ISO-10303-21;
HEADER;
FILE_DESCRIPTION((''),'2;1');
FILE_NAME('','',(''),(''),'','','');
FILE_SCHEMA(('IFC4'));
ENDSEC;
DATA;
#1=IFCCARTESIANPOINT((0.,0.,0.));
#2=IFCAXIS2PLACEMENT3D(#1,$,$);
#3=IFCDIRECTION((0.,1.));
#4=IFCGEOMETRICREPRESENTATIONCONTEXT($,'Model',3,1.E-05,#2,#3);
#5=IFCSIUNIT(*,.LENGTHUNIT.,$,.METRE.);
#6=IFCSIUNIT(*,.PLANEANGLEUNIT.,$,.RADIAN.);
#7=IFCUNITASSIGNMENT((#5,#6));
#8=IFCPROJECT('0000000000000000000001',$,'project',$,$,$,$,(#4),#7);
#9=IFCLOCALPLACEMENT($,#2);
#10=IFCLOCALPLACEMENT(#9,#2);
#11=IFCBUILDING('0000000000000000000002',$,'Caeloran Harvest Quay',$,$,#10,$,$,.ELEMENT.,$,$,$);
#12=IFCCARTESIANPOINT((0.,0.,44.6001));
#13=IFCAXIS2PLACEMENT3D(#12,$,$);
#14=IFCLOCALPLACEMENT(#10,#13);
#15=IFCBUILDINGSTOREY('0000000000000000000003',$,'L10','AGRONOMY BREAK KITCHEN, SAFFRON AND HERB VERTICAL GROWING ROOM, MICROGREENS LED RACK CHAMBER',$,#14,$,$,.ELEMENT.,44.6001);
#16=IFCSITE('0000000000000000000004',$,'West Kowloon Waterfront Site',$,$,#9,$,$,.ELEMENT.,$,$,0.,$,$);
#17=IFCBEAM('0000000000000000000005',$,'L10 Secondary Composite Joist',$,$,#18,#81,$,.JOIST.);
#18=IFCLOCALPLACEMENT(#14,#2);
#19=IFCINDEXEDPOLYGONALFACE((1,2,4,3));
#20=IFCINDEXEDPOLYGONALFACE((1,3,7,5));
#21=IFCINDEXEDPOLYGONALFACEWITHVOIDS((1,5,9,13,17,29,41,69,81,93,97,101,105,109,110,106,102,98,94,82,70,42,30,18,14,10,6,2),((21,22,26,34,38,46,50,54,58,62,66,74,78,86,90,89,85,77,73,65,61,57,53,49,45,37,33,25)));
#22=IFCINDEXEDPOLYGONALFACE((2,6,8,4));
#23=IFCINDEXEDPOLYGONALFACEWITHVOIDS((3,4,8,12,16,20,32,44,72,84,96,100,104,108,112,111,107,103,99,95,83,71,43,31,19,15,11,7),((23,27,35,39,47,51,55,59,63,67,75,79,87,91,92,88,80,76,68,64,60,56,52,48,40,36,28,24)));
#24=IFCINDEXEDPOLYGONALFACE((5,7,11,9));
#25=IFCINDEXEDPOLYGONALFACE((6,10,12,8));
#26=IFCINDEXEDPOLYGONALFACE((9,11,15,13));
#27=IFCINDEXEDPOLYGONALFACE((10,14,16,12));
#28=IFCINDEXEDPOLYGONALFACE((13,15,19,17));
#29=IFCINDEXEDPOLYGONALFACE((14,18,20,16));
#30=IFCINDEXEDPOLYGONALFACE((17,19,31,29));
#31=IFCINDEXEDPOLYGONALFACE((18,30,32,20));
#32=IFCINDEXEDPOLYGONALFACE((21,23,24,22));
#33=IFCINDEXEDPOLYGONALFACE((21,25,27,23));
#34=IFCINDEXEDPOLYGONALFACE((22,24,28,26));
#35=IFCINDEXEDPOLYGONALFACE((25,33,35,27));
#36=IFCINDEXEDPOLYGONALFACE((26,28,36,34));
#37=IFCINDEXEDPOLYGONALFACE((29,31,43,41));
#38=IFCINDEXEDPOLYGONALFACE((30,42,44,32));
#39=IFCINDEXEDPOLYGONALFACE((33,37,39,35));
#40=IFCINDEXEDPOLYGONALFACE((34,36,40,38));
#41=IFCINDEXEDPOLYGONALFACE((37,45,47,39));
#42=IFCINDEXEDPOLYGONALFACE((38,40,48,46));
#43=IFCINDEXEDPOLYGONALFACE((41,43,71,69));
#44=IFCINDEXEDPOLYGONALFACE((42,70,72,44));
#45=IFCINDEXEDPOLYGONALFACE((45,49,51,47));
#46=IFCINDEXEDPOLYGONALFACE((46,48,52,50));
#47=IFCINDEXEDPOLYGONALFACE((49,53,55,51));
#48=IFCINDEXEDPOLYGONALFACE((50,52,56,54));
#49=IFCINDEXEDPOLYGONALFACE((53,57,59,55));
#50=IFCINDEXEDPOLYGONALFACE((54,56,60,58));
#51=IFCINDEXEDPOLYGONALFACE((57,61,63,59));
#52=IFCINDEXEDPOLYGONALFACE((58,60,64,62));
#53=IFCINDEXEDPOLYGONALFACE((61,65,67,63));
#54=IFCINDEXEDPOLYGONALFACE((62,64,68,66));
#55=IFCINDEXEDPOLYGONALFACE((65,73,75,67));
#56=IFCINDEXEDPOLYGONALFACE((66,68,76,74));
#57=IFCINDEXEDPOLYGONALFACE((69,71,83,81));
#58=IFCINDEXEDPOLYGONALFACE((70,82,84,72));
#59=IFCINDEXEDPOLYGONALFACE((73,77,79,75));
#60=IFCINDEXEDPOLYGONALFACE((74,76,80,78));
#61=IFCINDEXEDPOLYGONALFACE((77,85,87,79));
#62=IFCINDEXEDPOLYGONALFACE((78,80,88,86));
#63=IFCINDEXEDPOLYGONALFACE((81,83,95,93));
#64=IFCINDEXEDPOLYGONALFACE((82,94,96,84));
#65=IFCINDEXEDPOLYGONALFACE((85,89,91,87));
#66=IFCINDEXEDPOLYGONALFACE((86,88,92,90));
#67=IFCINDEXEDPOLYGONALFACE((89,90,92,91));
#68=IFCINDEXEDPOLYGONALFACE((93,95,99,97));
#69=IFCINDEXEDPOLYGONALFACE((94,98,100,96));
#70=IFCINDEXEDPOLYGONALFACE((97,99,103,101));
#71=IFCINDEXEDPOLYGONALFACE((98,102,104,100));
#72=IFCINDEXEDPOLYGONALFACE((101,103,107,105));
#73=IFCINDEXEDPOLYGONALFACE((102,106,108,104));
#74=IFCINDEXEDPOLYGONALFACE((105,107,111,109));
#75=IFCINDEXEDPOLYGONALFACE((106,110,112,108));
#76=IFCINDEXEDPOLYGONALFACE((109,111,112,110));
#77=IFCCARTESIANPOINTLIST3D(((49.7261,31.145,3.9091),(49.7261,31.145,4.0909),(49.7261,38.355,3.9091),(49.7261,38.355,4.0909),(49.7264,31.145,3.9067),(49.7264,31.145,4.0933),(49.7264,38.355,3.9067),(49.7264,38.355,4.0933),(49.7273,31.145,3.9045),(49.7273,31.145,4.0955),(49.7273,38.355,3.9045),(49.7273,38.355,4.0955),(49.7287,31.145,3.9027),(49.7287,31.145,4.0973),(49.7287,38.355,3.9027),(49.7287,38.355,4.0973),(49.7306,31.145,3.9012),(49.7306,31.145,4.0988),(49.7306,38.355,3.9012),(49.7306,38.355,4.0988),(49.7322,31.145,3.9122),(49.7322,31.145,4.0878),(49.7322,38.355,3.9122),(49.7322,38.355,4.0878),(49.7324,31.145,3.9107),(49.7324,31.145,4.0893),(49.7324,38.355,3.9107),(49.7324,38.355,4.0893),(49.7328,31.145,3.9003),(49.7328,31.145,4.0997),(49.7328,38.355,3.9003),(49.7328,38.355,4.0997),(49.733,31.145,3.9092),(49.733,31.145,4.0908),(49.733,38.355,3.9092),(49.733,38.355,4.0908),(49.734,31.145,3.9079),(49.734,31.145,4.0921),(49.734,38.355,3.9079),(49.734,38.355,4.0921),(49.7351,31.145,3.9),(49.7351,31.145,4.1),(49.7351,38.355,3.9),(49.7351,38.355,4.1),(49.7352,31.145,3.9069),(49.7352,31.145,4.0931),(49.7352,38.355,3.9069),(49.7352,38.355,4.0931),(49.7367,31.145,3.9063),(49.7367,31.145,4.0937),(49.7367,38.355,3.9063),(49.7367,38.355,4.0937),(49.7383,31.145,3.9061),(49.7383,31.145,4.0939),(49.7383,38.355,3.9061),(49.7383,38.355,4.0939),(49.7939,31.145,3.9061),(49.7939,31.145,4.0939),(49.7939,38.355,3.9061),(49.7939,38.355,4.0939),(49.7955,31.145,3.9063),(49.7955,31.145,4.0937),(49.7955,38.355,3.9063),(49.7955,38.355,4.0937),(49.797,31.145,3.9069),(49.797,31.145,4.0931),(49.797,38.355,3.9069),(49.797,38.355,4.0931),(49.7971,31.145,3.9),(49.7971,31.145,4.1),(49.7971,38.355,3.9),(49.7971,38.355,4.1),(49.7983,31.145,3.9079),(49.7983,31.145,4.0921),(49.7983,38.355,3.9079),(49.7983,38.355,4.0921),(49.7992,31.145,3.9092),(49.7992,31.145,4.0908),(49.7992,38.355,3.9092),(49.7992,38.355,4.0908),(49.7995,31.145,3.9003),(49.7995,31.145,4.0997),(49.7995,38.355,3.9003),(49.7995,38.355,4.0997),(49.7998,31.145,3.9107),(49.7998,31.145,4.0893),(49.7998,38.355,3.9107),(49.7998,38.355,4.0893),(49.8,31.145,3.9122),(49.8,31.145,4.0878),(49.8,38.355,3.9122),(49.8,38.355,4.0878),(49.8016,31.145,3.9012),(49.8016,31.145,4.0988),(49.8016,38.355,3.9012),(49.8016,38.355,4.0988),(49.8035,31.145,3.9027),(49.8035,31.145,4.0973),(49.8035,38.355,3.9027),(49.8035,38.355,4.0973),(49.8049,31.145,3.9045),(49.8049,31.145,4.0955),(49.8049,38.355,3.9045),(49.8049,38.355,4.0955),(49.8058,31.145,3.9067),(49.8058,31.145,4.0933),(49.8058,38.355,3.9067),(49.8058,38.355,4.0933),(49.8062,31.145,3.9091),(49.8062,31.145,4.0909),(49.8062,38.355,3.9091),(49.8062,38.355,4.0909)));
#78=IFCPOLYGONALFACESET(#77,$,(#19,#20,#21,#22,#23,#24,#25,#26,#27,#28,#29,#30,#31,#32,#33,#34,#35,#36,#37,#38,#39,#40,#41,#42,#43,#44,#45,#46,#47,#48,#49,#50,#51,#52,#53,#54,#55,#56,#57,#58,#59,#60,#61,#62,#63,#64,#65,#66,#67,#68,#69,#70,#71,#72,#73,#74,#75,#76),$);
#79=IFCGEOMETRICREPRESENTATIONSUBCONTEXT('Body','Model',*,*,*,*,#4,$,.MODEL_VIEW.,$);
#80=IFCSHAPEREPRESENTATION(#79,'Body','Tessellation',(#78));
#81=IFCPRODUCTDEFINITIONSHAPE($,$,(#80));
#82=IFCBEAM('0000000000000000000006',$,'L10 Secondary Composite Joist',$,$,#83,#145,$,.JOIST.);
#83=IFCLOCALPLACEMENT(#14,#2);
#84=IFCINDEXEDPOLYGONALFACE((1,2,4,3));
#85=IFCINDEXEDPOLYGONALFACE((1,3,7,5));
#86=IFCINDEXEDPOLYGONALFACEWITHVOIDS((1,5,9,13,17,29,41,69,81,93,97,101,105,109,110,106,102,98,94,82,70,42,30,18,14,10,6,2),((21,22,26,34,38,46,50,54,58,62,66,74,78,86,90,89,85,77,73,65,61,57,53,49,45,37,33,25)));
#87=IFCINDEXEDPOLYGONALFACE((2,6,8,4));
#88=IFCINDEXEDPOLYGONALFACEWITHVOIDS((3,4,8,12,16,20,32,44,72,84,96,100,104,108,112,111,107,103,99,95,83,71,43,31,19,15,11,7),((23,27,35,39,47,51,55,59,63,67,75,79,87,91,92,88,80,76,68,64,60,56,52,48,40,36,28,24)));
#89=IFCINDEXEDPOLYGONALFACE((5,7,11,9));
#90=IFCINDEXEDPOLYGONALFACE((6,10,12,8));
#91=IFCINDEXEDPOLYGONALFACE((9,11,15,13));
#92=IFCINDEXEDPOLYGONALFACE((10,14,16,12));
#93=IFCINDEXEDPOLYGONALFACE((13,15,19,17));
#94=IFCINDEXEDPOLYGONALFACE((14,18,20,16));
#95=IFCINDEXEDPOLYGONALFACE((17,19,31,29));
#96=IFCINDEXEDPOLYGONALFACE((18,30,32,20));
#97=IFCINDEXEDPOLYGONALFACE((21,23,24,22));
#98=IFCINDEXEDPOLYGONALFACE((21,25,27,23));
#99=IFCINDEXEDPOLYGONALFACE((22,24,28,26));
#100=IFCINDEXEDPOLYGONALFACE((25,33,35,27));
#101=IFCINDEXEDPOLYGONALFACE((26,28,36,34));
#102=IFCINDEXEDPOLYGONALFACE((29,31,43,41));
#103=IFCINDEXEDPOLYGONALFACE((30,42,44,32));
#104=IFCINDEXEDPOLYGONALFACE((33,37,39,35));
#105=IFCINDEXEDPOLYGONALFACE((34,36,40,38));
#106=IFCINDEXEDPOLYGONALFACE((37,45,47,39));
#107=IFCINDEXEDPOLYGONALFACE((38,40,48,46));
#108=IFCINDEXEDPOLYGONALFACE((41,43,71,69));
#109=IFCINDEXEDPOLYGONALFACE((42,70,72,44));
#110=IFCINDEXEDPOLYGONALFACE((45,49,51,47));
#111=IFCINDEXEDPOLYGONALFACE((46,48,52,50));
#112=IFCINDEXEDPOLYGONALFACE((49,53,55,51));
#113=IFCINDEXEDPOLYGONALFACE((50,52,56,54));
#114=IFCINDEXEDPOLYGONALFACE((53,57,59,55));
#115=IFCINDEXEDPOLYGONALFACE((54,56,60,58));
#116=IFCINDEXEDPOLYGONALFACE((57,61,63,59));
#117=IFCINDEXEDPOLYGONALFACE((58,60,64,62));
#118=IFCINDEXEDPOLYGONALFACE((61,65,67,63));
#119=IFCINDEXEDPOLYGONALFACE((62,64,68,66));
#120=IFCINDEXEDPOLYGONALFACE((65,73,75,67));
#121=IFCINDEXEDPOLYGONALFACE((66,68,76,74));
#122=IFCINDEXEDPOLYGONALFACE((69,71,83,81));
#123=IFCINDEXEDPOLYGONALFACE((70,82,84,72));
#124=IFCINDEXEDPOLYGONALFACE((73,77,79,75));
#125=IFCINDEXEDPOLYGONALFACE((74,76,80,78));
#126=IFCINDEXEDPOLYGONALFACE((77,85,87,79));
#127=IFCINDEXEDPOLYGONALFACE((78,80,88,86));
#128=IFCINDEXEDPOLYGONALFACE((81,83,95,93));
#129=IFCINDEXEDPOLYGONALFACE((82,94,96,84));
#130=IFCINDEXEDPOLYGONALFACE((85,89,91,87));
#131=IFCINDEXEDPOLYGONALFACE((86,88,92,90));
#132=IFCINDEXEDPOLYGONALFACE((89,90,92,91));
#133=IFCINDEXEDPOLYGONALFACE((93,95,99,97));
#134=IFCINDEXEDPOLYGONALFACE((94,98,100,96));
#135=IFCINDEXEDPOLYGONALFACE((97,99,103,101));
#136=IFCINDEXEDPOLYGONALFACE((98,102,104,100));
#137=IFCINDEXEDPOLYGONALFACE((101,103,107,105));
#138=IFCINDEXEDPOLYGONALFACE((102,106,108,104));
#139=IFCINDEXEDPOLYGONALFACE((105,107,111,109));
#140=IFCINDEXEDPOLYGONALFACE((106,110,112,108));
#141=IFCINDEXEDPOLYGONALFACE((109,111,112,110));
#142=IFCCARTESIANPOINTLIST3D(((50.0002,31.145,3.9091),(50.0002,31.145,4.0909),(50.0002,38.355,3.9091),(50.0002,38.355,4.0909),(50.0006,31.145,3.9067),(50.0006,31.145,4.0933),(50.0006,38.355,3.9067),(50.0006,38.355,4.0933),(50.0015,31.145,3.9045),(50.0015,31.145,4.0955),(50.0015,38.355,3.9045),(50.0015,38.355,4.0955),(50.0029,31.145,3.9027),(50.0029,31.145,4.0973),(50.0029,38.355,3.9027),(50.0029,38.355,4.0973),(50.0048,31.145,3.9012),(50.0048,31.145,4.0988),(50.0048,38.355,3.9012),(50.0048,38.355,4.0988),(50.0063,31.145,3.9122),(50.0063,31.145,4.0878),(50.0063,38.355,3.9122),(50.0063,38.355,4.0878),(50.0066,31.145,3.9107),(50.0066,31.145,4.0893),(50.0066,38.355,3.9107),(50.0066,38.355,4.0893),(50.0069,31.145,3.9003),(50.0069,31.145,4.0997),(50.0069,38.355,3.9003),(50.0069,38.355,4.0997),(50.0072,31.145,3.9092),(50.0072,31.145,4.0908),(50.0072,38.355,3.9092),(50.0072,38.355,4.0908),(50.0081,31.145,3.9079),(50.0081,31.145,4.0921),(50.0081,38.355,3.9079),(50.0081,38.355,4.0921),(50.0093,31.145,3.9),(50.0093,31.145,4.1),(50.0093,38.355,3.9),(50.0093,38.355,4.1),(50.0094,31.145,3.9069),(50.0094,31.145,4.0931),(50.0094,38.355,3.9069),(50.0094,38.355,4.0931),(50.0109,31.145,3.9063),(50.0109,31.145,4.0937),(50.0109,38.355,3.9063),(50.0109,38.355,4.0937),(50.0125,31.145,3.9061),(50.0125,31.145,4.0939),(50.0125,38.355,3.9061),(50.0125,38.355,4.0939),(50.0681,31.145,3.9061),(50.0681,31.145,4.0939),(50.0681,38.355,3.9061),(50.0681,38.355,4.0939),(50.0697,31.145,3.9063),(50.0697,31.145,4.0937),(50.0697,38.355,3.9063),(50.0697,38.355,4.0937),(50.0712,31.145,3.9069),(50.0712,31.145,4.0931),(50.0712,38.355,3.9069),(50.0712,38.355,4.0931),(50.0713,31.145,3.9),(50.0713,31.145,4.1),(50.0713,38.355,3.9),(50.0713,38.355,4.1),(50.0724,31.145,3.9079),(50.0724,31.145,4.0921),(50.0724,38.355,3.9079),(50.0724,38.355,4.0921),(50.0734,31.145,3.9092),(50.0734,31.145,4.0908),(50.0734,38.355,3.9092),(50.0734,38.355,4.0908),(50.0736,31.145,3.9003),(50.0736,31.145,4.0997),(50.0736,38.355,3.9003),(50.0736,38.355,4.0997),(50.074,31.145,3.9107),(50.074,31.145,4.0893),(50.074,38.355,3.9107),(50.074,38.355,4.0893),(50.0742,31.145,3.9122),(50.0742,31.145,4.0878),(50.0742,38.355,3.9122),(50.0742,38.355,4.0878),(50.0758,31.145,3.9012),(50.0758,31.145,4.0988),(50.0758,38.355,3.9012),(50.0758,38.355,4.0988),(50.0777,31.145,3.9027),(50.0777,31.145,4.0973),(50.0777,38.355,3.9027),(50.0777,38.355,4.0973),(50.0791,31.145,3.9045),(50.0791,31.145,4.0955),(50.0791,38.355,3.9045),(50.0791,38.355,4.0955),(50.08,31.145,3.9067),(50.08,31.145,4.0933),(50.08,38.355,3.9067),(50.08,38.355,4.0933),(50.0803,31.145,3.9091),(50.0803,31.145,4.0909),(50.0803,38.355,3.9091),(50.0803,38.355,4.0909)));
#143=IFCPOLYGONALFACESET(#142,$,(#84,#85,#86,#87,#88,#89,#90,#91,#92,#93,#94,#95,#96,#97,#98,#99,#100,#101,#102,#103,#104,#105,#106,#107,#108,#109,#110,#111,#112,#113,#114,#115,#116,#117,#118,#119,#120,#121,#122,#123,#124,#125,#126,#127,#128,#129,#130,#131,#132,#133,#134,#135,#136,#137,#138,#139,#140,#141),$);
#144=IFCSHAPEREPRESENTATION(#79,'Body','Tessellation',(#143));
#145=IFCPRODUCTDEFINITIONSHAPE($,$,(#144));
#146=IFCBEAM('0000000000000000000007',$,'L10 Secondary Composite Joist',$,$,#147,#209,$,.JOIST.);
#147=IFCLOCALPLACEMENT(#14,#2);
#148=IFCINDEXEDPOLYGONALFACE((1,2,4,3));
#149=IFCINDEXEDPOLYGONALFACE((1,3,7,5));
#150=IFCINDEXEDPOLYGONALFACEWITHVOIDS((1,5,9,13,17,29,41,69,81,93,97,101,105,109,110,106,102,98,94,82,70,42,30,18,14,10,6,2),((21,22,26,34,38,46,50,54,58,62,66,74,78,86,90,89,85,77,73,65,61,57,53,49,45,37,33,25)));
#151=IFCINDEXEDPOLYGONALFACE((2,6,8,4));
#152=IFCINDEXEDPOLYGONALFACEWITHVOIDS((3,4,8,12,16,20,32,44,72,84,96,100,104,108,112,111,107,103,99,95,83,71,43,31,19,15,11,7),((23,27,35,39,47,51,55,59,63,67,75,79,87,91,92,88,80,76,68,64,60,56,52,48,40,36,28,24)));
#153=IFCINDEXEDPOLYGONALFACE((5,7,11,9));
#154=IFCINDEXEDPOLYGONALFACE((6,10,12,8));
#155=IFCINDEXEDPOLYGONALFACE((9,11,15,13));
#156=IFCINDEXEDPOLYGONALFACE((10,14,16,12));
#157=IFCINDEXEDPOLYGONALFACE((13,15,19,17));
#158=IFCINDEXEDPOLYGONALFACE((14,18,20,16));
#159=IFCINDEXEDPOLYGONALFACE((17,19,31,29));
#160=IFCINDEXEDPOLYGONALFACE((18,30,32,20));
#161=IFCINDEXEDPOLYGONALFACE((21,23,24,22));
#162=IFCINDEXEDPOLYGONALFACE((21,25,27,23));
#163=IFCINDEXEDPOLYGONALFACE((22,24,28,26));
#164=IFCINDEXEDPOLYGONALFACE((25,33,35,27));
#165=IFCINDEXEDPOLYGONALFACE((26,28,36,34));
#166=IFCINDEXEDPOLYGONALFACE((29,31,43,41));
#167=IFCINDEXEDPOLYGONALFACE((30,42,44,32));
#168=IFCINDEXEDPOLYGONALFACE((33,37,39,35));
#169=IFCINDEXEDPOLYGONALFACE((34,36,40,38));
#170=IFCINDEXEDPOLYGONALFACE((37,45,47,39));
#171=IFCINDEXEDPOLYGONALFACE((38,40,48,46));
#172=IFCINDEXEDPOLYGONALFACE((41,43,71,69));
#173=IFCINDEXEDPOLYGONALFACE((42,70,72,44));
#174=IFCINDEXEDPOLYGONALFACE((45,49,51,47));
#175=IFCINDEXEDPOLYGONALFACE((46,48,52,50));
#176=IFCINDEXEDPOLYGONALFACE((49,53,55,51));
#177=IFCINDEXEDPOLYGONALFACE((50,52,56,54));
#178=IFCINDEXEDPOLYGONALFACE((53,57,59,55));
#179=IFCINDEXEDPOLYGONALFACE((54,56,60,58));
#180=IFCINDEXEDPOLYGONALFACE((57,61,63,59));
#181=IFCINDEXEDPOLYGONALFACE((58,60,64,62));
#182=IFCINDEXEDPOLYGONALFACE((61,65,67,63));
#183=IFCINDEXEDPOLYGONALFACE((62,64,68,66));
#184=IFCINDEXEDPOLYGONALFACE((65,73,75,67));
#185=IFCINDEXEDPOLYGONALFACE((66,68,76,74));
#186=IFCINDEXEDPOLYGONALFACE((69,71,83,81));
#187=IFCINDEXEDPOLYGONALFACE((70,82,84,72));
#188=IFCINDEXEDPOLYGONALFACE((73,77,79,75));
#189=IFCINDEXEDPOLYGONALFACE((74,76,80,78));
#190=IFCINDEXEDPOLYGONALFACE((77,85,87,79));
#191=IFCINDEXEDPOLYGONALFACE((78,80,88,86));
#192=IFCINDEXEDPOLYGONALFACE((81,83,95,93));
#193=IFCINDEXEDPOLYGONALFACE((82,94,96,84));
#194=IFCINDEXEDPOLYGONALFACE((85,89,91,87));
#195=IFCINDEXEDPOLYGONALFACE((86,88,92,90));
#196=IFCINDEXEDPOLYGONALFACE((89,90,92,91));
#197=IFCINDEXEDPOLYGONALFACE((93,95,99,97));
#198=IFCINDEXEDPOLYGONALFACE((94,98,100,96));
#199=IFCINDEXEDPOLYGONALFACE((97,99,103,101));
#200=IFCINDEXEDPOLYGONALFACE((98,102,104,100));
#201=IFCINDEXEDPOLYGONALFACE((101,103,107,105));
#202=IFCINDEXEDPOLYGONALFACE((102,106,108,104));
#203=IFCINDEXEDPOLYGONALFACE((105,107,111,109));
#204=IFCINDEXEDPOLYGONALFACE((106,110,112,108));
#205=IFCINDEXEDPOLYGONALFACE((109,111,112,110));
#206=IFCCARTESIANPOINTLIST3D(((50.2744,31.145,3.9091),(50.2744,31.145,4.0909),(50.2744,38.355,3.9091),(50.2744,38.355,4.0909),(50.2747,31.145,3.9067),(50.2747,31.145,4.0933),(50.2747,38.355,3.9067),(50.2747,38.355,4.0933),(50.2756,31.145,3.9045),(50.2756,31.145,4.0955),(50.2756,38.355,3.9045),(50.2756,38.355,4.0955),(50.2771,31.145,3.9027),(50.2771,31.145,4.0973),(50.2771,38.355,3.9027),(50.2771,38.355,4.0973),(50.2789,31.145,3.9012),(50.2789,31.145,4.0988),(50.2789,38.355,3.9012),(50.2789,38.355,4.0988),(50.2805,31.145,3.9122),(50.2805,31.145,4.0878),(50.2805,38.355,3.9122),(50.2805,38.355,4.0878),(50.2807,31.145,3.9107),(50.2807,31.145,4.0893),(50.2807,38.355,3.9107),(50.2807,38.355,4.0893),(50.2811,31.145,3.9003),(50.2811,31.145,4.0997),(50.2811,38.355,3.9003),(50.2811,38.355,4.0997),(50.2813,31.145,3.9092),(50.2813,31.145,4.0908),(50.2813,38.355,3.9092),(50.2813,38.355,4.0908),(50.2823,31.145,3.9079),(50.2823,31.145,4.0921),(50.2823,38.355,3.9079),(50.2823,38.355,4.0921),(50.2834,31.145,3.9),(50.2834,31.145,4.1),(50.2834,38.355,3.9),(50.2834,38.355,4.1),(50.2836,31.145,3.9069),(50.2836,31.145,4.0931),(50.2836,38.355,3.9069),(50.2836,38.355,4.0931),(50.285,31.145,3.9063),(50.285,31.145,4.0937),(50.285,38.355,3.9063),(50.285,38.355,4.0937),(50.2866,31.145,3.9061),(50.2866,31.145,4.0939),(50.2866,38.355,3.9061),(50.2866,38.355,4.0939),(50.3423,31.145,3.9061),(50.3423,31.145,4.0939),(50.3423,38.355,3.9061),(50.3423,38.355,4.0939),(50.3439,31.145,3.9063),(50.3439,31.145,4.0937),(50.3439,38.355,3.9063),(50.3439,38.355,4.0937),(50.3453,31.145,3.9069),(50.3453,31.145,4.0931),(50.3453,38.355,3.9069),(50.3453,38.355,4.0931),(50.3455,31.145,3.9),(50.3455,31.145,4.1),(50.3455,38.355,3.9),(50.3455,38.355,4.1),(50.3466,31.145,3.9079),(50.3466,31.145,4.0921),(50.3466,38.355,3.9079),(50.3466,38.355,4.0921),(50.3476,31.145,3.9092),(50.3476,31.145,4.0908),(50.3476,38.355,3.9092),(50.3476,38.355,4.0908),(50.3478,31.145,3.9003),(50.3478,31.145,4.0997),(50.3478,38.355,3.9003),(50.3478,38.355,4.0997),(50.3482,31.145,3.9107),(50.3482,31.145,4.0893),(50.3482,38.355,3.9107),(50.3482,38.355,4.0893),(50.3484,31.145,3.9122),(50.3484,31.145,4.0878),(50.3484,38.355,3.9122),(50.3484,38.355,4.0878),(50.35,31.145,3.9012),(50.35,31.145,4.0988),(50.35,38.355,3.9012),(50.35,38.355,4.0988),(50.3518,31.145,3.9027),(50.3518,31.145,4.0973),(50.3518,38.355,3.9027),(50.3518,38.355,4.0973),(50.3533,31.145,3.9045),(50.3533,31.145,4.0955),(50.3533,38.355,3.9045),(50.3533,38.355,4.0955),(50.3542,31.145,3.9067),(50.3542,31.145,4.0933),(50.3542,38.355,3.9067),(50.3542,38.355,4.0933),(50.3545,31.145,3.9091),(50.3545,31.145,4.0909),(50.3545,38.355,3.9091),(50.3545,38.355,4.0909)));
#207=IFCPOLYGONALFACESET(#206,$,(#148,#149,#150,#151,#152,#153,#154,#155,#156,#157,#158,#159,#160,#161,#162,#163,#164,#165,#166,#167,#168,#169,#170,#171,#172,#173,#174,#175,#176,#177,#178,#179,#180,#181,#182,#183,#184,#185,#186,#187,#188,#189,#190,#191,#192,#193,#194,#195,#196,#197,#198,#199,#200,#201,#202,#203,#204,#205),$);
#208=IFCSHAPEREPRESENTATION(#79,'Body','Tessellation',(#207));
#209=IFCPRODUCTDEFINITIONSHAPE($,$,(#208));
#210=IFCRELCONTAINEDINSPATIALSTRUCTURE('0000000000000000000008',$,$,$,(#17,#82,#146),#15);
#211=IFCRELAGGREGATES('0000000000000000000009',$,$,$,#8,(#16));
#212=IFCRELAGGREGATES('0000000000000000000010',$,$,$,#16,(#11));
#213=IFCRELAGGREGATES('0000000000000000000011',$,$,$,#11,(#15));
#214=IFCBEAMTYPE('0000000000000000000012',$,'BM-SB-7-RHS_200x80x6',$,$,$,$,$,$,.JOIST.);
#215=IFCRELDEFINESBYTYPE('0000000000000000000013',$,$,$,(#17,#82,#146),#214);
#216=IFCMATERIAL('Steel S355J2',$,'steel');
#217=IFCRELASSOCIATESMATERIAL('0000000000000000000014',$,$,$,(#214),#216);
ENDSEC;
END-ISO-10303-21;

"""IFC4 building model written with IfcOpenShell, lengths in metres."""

from ifc_helpers import new_model, si_unit, direction, frame, origin, origin_2d, place, context, subcontext, project, spatial, hollow_rectangle, extrude, material, material_profile, profile_set, type_object, element, save


model = new_model("IFC4")

# Units and contexts
model_context = context("Model", 3, precision=1e-05, world=origin(), true_north=direction((0.0, 1.0)))
body_context = subcontext(model_context, "Body", "Model", "MODEL_VIEW")
ifc_project = project(units=[si_unit("LENGTHUNIT", "METRE"), si_unit("PLANEANGLEUNIT", "RADIAN")], contexts=[model_context])

# Site, building, storey
site_placement = place(None, origin())
site = spatial("IfcSite", under=ifc_project, at=site_placement, Name="West Kowloon Waterfront Site", CompositionType="ELEMENT", RefElevation=0.0)
building_placement = place(site_placement, origin())
building = spatial("IfcBuilding", under=site, at=building_placement, Name="Caeloran Harvest Quay", CompositionType="ELEMENT")
storey_placement = place(building_placement, frame((0.0, 0.0, 44.6001)))
storey = spatial("IfcBuildingStorey", under=building, at=storey_placement, Name="L10", Description="AGRONOMY BREAK KITCHEN, SAFFRON AND HERB VERTICAL GROWING ROOM, MICROGREENS LED RACK CHAMBER", CompositionType="ELEMENT", Elevation=44.6001)

# Beams
ifc_material_1 = material(Name="Steel S355J2", Category="steel")
ifc_material_profile_1 = material_profile(ifc_material_1, hollow_rectangle(XDim=0.0801, YDim=0.2, WallThickness=0.0061, InnerFilletRadius=0.0061, OuterFilletRadius=0.009, at=origin_2d()), Name="RHS 200x80x6")
ifc_profile_set_1 = profile_set([ifc_material_profile_1], Name="Steel S355J2")
beam_type_1 = type_object("IfcBeamType", Name="BM-SB-7-RHS_200x80x6", PredefinedType="JOIST", material=ifc_profile_set_1)
for number, where, z_axis, x_axis, name in (
    (1, (49.7661, 31.145, 4.0), (0.0, 1.0, 0.0), (-1.0, 0.0, 0.0), "L10 Secondary Composite Joist"),
    (2, (50.0403, 31.145, 4.0), (0.0, 1.0, 0.0), (-1.0, 0.0, 0.0), "L10 Secondary Composite Joist"),
    (3, (50.3145, 31.145, 4.0), (0.0, 1.0, 0.0), (-1.0, 0.0, 0.0), "L10 Secondary Composite Joist"),
):
    element("IfcBeam", number, at=place(storey_placement, frame(where, z_axis=z_axis, x_axis=x_axis)), inside=storey, type_object=beam_type_1, Name=name, PredefinedType="JOIST", context=body_context, shape_type="SweptSolid", body=[
        extrude(hollow_rectangle(XDim=0.0801, YDim=0.2, WallThickness=0.0061, InnerFilletRadius=0.0061, OuterFilletRadius=0.009, at=origin_2d()), origin(), (0.0, 0.0, 1.0), 7.21),
    ])

save(model, "model.ifc")
